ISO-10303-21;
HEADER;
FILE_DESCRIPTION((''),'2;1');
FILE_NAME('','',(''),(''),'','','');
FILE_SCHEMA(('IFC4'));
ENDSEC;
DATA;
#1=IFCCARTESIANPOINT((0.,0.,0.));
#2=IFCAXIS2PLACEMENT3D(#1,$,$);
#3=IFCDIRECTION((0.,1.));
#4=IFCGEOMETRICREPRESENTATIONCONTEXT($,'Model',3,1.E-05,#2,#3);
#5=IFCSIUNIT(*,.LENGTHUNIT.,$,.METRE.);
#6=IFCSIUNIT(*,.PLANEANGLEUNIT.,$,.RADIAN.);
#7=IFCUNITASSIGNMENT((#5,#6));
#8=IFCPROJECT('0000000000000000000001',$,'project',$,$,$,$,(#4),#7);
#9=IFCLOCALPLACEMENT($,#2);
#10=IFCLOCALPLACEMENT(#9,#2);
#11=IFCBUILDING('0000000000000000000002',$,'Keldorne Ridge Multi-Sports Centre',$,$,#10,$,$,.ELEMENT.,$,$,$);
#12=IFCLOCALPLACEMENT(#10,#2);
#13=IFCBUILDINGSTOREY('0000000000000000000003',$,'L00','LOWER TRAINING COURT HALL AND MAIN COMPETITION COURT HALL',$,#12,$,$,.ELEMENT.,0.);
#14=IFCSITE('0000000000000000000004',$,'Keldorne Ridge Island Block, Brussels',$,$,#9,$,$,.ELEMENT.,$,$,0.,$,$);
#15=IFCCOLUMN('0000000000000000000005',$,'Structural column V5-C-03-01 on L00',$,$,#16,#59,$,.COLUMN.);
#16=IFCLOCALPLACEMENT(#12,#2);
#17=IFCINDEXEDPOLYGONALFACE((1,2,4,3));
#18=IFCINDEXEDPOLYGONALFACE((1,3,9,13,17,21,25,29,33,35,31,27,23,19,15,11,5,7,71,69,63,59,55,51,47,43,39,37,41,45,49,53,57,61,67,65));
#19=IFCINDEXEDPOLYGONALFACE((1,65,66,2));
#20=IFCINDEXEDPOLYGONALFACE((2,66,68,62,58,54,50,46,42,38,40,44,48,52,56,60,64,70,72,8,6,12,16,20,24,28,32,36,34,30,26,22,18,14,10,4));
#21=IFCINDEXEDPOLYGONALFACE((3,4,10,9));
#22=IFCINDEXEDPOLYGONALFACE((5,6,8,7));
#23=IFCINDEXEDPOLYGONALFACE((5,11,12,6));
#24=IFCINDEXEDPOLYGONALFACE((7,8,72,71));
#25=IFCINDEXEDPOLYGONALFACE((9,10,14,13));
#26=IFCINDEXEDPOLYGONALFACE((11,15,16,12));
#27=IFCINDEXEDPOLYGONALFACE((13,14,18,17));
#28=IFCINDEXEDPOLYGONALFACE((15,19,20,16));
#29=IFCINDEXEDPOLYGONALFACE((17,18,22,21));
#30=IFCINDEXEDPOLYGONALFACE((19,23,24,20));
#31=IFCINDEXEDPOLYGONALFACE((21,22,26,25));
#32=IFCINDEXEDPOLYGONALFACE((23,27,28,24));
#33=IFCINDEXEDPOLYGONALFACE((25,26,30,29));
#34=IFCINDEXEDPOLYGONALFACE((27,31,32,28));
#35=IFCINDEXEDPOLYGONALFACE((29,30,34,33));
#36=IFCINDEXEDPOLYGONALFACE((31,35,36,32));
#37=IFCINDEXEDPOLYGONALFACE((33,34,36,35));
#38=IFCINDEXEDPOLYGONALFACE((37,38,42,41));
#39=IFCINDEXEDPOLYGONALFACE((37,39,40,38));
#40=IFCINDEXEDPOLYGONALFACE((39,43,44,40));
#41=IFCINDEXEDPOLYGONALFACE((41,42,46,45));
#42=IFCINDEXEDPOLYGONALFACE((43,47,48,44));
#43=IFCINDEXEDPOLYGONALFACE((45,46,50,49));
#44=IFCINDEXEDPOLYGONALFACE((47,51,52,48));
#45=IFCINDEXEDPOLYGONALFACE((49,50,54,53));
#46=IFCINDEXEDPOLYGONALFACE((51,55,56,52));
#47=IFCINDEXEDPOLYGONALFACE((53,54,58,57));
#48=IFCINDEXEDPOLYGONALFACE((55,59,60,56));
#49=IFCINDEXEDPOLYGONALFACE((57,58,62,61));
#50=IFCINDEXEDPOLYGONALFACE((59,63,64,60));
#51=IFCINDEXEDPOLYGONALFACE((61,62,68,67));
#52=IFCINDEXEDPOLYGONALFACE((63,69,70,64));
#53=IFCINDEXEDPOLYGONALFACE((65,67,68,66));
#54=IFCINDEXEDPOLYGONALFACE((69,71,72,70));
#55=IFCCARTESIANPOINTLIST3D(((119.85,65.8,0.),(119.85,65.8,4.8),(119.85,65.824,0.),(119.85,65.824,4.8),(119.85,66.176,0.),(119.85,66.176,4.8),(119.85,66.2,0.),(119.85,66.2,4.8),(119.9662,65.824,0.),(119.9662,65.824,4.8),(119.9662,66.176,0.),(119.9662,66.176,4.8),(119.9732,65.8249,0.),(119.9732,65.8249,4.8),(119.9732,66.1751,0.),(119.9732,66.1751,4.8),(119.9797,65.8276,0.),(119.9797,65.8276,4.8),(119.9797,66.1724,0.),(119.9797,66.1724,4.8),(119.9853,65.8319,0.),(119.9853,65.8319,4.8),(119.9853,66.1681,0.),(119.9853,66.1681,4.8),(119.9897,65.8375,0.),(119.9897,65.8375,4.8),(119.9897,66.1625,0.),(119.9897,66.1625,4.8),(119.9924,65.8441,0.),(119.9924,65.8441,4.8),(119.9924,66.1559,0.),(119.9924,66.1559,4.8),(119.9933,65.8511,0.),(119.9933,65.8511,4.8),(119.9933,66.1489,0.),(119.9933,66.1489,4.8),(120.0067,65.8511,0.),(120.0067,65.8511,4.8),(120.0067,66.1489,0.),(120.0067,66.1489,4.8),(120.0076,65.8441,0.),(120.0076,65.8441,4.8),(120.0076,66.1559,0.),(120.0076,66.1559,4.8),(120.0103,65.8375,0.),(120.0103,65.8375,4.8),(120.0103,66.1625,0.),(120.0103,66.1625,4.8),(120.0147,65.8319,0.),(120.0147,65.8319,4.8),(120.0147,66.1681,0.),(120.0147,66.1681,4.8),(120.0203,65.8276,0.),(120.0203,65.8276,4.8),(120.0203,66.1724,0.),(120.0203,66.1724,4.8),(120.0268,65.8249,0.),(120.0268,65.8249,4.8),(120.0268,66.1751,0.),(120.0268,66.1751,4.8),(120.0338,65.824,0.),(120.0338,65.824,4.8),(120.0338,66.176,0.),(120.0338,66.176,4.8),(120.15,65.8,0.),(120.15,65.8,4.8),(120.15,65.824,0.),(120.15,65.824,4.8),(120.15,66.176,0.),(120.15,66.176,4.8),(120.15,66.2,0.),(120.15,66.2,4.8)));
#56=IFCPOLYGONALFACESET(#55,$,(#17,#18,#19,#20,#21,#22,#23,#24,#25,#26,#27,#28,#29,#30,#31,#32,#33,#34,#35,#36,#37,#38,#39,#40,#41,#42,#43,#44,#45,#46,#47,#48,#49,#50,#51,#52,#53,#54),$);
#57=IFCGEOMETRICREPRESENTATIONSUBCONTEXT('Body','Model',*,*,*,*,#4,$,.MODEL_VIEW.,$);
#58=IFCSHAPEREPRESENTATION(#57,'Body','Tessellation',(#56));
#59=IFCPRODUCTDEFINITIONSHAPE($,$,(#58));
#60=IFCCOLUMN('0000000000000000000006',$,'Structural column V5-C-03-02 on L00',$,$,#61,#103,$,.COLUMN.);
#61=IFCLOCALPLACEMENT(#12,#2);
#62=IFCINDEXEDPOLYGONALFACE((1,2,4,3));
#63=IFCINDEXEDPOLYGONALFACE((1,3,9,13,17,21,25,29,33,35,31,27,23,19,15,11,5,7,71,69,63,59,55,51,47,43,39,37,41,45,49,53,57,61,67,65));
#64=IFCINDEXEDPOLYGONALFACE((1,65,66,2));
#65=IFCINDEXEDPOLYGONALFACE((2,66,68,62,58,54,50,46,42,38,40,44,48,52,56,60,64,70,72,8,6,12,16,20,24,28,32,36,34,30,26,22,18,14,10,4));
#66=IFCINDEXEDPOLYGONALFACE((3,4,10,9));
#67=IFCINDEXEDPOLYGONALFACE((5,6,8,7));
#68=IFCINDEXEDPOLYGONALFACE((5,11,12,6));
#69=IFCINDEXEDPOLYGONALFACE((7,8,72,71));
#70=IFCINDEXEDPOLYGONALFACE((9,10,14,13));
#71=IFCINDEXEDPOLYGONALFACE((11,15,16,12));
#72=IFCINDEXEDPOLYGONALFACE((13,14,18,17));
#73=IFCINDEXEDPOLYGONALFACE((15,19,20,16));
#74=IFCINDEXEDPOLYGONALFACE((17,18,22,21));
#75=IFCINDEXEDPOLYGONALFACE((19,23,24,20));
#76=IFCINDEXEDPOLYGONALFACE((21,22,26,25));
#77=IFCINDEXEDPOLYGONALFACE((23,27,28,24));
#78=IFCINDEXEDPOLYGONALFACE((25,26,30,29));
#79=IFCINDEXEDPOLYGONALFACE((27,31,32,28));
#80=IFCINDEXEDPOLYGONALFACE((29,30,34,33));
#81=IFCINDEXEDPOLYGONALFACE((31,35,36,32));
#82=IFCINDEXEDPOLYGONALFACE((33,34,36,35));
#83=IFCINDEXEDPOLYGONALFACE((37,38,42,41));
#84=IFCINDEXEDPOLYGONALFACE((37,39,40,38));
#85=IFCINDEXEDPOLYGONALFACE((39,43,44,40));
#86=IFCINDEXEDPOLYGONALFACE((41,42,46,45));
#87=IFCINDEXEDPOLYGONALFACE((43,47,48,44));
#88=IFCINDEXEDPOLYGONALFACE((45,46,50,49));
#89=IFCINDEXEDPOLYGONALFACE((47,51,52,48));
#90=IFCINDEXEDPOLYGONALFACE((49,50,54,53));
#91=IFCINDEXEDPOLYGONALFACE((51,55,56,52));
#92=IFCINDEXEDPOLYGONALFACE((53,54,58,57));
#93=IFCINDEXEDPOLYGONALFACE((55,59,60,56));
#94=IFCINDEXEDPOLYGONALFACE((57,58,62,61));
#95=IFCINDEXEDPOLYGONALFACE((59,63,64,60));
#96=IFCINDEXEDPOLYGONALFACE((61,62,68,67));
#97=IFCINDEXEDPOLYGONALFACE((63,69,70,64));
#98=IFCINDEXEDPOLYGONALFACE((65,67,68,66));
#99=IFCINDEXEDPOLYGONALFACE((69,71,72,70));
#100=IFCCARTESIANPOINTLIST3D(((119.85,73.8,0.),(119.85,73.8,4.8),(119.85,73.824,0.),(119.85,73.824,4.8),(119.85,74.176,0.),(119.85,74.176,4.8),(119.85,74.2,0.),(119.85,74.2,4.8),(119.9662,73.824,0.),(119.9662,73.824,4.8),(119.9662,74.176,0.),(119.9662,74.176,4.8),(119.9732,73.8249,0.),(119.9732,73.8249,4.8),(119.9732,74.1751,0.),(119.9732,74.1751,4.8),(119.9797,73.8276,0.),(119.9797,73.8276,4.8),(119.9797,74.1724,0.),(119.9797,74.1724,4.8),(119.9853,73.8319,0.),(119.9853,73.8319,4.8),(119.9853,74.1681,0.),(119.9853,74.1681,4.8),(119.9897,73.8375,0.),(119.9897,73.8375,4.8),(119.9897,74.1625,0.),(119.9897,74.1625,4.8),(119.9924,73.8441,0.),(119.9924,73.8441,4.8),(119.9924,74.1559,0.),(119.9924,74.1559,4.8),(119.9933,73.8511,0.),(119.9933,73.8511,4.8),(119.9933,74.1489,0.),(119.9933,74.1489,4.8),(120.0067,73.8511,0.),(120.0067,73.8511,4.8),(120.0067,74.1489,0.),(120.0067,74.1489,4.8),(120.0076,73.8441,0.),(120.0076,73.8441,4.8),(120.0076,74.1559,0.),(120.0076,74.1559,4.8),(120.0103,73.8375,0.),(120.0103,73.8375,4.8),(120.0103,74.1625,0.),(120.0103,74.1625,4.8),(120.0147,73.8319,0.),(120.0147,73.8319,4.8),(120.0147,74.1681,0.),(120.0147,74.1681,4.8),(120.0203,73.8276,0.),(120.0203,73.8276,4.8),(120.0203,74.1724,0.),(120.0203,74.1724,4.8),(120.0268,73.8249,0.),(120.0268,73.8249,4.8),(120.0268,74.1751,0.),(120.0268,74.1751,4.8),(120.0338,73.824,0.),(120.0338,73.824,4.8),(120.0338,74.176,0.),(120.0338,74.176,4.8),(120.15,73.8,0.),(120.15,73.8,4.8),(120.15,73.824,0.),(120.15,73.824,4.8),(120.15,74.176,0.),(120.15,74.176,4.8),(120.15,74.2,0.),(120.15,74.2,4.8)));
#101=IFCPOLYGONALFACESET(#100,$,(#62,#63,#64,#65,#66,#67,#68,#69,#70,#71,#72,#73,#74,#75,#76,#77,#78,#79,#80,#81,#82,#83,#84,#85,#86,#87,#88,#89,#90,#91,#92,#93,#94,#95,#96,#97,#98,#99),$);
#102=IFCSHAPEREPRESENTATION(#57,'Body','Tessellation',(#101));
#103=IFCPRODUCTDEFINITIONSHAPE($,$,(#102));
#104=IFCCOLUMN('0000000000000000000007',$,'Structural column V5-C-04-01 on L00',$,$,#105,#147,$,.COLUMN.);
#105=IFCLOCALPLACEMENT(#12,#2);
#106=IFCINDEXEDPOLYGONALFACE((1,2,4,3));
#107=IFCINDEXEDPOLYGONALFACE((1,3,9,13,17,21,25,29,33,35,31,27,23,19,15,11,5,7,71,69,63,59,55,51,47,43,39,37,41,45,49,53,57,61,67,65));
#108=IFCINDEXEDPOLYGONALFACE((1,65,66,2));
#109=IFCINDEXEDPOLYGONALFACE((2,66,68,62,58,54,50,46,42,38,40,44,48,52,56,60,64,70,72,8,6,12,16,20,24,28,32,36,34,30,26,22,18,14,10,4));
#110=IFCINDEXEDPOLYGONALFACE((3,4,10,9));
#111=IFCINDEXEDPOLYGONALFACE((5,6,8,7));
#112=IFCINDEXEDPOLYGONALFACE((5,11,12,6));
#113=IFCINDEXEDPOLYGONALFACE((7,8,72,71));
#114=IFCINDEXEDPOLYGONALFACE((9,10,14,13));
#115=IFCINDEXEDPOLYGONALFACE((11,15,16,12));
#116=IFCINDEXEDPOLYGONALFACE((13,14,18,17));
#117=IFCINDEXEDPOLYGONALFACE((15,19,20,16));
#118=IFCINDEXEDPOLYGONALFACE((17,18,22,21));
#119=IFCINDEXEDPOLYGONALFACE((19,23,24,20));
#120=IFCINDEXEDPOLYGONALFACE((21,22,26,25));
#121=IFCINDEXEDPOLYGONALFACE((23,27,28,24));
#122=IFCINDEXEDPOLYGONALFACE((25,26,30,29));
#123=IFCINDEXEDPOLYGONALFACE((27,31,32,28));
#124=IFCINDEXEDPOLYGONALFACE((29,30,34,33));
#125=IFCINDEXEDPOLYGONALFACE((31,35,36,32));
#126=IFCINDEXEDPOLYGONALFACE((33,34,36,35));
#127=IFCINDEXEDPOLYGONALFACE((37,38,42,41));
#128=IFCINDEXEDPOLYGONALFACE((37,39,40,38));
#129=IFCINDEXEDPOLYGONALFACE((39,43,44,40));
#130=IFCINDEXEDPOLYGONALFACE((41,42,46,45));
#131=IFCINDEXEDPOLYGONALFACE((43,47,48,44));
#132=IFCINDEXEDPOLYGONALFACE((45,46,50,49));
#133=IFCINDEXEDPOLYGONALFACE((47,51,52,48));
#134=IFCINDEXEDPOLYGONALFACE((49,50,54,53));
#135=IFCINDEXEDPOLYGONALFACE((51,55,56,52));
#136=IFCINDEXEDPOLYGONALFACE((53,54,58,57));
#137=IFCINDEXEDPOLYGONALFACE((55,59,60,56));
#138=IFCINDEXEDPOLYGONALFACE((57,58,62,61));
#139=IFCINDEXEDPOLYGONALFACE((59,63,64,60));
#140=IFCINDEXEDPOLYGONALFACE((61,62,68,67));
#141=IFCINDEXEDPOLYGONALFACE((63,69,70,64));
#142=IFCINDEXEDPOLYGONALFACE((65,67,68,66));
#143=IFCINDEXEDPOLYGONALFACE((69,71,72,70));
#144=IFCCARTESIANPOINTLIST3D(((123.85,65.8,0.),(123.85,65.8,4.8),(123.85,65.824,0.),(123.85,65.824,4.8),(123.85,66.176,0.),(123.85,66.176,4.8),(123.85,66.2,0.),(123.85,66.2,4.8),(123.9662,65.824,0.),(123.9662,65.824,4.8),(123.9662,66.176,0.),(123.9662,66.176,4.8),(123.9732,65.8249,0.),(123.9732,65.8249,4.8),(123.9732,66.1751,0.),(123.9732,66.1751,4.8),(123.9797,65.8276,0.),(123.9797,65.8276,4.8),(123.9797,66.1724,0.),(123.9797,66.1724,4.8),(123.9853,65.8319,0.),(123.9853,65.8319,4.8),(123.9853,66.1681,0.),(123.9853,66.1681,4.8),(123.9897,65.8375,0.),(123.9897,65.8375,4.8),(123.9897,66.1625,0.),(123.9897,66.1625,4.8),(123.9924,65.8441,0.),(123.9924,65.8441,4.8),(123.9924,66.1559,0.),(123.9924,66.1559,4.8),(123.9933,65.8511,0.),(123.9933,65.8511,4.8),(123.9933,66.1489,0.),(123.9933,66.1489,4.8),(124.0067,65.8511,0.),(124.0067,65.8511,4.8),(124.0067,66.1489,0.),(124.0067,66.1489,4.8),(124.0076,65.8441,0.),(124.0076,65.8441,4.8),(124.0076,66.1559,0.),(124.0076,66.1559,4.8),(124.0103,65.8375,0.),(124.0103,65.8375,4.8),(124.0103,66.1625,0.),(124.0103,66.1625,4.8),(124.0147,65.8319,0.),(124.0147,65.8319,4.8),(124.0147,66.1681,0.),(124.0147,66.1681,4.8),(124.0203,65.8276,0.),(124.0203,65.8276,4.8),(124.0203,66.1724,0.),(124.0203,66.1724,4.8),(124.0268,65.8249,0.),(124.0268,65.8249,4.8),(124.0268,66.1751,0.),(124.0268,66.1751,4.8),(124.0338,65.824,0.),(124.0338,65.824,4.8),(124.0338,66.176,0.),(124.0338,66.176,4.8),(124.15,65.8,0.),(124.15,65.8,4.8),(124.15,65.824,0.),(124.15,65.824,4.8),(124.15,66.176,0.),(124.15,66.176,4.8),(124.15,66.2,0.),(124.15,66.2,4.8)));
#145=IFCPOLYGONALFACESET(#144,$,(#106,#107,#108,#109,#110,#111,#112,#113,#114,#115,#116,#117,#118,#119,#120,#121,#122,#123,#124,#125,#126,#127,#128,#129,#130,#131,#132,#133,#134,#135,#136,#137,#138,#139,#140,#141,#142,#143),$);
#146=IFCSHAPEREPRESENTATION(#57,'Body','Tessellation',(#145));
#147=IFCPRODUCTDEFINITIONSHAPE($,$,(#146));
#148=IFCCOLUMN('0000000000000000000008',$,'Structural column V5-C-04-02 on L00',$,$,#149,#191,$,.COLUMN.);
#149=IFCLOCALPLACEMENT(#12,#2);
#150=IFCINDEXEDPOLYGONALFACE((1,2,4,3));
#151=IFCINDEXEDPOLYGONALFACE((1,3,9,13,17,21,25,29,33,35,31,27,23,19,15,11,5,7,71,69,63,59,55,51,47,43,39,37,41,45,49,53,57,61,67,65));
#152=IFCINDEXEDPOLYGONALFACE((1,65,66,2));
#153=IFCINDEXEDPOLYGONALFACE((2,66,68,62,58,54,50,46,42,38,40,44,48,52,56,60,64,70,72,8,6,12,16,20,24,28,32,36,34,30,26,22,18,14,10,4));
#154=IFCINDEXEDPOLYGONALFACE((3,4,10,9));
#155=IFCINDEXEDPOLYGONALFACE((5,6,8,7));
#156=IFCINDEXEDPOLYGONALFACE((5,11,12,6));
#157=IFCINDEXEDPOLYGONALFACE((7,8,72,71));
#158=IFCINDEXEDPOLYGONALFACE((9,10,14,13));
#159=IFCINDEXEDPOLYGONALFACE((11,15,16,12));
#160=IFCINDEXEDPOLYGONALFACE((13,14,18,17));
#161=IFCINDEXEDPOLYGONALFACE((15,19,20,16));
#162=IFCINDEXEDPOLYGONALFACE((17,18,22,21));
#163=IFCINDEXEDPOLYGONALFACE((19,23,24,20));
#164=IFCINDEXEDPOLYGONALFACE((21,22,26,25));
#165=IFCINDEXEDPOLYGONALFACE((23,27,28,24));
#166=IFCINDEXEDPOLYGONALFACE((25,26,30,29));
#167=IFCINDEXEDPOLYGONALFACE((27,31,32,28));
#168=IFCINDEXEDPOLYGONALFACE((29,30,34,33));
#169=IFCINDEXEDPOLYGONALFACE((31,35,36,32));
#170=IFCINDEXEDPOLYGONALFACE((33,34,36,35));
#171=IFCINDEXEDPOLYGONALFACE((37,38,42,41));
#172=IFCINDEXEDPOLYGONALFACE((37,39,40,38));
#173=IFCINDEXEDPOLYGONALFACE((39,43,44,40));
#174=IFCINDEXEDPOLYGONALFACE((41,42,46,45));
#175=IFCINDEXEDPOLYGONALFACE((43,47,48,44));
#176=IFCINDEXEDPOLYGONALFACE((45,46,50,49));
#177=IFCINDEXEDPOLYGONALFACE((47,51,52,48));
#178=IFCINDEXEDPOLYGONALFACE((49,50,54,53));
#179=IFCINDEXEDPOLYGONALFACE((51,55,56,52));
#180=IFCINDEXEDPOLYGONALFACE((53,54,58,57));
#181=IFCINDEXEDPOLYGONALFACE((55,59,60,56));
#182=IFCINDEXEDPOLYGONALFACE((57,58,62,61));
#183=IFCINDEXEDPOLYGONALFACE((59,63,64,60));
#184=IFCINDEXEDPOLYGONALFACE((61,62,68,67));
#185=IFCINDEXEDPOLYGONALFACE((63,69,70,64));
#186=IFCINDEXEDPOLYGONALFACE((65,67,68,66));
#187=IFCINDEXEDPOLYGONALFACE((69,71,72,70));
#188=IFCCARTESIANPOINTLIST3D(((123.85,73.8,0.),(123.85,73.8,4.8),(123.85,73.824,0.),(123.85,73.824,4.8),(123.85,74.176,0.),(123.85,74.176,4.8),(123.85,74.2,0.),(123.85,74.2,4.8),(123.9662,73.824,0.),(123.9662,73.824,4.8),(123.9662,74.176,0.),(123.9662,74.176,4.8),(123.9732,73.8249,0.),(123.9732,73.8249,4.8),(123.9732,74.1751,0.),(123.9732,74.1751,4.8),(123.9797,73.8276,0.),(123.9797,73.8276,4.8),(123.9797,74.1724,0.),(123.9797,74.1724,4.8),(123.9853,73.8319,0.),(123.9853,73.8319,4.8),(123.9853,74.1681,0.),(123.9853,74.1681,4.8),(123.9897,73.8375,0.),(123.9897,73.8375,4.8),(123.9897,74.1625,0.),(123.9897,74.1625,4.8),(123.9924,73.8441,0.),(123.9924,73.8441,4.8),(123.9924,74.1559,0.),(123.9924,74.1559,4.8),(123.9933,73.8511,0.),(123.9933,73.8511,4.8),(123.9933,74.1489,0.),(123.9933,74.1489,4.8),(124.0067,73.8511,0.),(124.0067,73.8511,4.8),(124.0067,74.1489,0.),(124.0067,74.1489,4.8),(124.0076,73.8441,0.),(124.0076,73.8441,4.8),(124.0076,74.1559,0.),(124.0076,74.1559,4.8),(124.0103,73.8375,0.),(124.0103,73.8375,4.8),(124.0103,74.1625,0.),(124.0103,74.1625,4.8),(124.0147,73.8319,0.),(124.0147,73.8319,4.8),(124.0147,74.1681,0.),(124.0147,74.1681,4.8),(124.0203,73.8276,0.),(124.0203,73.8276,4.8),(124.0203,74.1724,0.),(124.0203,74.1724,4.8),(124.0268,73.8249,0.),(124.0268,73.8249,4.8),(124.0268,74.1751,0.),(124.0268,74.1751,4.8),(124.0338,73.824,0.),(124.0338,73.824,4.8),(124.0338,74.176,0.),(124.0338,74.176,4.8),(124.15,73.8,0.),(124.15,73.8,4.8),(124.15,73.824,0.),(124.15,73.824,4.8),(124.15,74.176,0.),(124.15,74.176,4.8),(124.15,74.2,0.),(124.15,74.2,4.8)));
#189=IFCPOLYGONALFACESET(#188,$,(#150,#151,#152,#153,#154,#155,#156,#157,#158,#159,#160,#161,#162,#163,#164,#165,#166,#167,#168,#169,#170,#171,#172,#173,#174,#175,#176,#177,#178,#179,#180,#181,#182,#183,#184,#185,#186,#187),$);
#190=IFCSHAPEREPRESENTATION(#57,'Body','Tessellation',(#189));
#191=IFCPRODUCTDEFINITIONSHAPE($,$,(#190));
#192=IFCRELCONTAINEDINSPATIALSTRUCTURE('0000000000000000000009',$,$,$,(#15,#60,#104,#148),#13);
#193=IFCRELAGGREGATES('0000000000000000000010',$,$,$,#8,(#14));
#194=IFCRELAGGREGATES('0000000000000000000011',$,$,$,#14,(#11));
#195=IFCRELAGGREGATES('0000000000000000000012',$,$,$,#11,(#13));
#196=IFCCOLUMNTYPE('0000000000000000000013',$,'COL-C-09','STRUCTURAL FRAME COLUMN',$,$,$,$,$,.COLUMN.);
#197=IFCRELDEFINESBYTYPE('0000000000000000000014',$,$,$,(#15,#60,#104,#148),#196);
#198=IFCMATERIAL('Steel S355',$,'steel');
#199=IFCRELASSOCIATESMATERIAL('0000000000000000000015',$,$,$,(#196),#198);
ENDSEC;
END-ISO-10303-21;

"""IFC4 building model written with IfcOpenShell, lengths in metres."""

from ifc_helpers import new_model, si_unit, direction, frame, origin, origin_2d, place, context, subcontext, project, spatial, i_section, extrude, material, material_profile, profile_set, type_object, element, save


model = new_model("IFC4")

# Units and contexts
model_context = context("Model", 3, precision=1e-05, world=origin(), true_north=direction((0.0, 1.0)))
body_context = subcontext(model_context, "Body", "Model", "MODEL_VIEW")
ifc_project = project(units=[si_unit("LENGTHUNIT", "METRE"), si_unit("PLANEANGLEUNIT", "RADIAN")], contexts=[model_context])

# Site, building, storey
site_placement = place(None, origin())
site = spatial("IfcSite", under=ifc_project, at=site_placement, Name="Keldorne Ridge Island Block, Brussels", CompositionType="ELEMENT", RefElevation=0.0)
building_placement = place(site_placement, origin())
building = spatial("IfcBuilding", under=site, at=building_placement, Name="Keldorne Ridge Multi-Sports Centre", CompositionType="ELEMENT")
storey_placement = place(building_placement, origin())
storey = spatial("IfcBuildingStorey", under=building, at=storey_placement, Name="L00", Description="LOWER TRAINING COURT HALL AND MAIN COMPETITION COURT HALL", CompositionType="ELEMENT", Elevation=0.0)

# Columns
ifc_material_1 = material(Name="Steel S355", Category="steel")
ifc_material_profile_1 = material_profile(ifc_material_1, i_section(OverallWidth=0.3, OverallDepth=0.3999, WebThickness=0.0134, FlangeThickness=0.0239, FilletRadius=0.0271, at=origin_2d()), Name="HEB 400")
ifc_profile_set_1 = profile_set([ifc_material_profile_1], Name="Steel S355")
column_type = type_object("IfcColumnType", Name="COL-C-09", Description="STRUCTURAL FRAME COLUMN", PredefinedType="COLUMN", material=ifc_profile_set_1)
for number, where, z_axis, x_axis, name in (
    (1, (120.0, 66.0, 0.0), (0.0, 0.0, 1.0), (1.0, 0.0, 0.0), "Structural column V5-C-03-01 on L00"),
    (2, (120.0, 74.0, 0.0), (0.0, 0.0, 1.0), (1.0, 0.0, 0.0), "Structural column V5-C-03-02 on L00"),
    (3, (124.0, 66.0, 0.0), (0.0, 0.0, 1.0), (1.0, 0.0, 0.0), "Structural column V5-C-04-01 on L00"),
    (4, (124.0, 74.0, 0.0), (0.0, 0.0, 1.0), (1.0, 0.0, 0.0), "Structural column V5-C-04-02 on L00"),
):
    element("IfcColumn", number, at=place(storey_placement, frame(where, z_axis=z_axis, x_axis=x_axis)), inside=storey, type_object=column_type, Name=name, PredefinedType="COLUMN", context=body_context, shape_type="SweptSolid", body=[
        extrude(i_section(OverallWidth=0.3, OverallDepth=0.3999, WebThickness=0.0134, FlangeThickness=0.0239, FilletRadius=0.0271, at=origin_2d()), origin(), (0.0, 0.0, 1.0), 4.8),
    ])

save(model, "model.ifc")
